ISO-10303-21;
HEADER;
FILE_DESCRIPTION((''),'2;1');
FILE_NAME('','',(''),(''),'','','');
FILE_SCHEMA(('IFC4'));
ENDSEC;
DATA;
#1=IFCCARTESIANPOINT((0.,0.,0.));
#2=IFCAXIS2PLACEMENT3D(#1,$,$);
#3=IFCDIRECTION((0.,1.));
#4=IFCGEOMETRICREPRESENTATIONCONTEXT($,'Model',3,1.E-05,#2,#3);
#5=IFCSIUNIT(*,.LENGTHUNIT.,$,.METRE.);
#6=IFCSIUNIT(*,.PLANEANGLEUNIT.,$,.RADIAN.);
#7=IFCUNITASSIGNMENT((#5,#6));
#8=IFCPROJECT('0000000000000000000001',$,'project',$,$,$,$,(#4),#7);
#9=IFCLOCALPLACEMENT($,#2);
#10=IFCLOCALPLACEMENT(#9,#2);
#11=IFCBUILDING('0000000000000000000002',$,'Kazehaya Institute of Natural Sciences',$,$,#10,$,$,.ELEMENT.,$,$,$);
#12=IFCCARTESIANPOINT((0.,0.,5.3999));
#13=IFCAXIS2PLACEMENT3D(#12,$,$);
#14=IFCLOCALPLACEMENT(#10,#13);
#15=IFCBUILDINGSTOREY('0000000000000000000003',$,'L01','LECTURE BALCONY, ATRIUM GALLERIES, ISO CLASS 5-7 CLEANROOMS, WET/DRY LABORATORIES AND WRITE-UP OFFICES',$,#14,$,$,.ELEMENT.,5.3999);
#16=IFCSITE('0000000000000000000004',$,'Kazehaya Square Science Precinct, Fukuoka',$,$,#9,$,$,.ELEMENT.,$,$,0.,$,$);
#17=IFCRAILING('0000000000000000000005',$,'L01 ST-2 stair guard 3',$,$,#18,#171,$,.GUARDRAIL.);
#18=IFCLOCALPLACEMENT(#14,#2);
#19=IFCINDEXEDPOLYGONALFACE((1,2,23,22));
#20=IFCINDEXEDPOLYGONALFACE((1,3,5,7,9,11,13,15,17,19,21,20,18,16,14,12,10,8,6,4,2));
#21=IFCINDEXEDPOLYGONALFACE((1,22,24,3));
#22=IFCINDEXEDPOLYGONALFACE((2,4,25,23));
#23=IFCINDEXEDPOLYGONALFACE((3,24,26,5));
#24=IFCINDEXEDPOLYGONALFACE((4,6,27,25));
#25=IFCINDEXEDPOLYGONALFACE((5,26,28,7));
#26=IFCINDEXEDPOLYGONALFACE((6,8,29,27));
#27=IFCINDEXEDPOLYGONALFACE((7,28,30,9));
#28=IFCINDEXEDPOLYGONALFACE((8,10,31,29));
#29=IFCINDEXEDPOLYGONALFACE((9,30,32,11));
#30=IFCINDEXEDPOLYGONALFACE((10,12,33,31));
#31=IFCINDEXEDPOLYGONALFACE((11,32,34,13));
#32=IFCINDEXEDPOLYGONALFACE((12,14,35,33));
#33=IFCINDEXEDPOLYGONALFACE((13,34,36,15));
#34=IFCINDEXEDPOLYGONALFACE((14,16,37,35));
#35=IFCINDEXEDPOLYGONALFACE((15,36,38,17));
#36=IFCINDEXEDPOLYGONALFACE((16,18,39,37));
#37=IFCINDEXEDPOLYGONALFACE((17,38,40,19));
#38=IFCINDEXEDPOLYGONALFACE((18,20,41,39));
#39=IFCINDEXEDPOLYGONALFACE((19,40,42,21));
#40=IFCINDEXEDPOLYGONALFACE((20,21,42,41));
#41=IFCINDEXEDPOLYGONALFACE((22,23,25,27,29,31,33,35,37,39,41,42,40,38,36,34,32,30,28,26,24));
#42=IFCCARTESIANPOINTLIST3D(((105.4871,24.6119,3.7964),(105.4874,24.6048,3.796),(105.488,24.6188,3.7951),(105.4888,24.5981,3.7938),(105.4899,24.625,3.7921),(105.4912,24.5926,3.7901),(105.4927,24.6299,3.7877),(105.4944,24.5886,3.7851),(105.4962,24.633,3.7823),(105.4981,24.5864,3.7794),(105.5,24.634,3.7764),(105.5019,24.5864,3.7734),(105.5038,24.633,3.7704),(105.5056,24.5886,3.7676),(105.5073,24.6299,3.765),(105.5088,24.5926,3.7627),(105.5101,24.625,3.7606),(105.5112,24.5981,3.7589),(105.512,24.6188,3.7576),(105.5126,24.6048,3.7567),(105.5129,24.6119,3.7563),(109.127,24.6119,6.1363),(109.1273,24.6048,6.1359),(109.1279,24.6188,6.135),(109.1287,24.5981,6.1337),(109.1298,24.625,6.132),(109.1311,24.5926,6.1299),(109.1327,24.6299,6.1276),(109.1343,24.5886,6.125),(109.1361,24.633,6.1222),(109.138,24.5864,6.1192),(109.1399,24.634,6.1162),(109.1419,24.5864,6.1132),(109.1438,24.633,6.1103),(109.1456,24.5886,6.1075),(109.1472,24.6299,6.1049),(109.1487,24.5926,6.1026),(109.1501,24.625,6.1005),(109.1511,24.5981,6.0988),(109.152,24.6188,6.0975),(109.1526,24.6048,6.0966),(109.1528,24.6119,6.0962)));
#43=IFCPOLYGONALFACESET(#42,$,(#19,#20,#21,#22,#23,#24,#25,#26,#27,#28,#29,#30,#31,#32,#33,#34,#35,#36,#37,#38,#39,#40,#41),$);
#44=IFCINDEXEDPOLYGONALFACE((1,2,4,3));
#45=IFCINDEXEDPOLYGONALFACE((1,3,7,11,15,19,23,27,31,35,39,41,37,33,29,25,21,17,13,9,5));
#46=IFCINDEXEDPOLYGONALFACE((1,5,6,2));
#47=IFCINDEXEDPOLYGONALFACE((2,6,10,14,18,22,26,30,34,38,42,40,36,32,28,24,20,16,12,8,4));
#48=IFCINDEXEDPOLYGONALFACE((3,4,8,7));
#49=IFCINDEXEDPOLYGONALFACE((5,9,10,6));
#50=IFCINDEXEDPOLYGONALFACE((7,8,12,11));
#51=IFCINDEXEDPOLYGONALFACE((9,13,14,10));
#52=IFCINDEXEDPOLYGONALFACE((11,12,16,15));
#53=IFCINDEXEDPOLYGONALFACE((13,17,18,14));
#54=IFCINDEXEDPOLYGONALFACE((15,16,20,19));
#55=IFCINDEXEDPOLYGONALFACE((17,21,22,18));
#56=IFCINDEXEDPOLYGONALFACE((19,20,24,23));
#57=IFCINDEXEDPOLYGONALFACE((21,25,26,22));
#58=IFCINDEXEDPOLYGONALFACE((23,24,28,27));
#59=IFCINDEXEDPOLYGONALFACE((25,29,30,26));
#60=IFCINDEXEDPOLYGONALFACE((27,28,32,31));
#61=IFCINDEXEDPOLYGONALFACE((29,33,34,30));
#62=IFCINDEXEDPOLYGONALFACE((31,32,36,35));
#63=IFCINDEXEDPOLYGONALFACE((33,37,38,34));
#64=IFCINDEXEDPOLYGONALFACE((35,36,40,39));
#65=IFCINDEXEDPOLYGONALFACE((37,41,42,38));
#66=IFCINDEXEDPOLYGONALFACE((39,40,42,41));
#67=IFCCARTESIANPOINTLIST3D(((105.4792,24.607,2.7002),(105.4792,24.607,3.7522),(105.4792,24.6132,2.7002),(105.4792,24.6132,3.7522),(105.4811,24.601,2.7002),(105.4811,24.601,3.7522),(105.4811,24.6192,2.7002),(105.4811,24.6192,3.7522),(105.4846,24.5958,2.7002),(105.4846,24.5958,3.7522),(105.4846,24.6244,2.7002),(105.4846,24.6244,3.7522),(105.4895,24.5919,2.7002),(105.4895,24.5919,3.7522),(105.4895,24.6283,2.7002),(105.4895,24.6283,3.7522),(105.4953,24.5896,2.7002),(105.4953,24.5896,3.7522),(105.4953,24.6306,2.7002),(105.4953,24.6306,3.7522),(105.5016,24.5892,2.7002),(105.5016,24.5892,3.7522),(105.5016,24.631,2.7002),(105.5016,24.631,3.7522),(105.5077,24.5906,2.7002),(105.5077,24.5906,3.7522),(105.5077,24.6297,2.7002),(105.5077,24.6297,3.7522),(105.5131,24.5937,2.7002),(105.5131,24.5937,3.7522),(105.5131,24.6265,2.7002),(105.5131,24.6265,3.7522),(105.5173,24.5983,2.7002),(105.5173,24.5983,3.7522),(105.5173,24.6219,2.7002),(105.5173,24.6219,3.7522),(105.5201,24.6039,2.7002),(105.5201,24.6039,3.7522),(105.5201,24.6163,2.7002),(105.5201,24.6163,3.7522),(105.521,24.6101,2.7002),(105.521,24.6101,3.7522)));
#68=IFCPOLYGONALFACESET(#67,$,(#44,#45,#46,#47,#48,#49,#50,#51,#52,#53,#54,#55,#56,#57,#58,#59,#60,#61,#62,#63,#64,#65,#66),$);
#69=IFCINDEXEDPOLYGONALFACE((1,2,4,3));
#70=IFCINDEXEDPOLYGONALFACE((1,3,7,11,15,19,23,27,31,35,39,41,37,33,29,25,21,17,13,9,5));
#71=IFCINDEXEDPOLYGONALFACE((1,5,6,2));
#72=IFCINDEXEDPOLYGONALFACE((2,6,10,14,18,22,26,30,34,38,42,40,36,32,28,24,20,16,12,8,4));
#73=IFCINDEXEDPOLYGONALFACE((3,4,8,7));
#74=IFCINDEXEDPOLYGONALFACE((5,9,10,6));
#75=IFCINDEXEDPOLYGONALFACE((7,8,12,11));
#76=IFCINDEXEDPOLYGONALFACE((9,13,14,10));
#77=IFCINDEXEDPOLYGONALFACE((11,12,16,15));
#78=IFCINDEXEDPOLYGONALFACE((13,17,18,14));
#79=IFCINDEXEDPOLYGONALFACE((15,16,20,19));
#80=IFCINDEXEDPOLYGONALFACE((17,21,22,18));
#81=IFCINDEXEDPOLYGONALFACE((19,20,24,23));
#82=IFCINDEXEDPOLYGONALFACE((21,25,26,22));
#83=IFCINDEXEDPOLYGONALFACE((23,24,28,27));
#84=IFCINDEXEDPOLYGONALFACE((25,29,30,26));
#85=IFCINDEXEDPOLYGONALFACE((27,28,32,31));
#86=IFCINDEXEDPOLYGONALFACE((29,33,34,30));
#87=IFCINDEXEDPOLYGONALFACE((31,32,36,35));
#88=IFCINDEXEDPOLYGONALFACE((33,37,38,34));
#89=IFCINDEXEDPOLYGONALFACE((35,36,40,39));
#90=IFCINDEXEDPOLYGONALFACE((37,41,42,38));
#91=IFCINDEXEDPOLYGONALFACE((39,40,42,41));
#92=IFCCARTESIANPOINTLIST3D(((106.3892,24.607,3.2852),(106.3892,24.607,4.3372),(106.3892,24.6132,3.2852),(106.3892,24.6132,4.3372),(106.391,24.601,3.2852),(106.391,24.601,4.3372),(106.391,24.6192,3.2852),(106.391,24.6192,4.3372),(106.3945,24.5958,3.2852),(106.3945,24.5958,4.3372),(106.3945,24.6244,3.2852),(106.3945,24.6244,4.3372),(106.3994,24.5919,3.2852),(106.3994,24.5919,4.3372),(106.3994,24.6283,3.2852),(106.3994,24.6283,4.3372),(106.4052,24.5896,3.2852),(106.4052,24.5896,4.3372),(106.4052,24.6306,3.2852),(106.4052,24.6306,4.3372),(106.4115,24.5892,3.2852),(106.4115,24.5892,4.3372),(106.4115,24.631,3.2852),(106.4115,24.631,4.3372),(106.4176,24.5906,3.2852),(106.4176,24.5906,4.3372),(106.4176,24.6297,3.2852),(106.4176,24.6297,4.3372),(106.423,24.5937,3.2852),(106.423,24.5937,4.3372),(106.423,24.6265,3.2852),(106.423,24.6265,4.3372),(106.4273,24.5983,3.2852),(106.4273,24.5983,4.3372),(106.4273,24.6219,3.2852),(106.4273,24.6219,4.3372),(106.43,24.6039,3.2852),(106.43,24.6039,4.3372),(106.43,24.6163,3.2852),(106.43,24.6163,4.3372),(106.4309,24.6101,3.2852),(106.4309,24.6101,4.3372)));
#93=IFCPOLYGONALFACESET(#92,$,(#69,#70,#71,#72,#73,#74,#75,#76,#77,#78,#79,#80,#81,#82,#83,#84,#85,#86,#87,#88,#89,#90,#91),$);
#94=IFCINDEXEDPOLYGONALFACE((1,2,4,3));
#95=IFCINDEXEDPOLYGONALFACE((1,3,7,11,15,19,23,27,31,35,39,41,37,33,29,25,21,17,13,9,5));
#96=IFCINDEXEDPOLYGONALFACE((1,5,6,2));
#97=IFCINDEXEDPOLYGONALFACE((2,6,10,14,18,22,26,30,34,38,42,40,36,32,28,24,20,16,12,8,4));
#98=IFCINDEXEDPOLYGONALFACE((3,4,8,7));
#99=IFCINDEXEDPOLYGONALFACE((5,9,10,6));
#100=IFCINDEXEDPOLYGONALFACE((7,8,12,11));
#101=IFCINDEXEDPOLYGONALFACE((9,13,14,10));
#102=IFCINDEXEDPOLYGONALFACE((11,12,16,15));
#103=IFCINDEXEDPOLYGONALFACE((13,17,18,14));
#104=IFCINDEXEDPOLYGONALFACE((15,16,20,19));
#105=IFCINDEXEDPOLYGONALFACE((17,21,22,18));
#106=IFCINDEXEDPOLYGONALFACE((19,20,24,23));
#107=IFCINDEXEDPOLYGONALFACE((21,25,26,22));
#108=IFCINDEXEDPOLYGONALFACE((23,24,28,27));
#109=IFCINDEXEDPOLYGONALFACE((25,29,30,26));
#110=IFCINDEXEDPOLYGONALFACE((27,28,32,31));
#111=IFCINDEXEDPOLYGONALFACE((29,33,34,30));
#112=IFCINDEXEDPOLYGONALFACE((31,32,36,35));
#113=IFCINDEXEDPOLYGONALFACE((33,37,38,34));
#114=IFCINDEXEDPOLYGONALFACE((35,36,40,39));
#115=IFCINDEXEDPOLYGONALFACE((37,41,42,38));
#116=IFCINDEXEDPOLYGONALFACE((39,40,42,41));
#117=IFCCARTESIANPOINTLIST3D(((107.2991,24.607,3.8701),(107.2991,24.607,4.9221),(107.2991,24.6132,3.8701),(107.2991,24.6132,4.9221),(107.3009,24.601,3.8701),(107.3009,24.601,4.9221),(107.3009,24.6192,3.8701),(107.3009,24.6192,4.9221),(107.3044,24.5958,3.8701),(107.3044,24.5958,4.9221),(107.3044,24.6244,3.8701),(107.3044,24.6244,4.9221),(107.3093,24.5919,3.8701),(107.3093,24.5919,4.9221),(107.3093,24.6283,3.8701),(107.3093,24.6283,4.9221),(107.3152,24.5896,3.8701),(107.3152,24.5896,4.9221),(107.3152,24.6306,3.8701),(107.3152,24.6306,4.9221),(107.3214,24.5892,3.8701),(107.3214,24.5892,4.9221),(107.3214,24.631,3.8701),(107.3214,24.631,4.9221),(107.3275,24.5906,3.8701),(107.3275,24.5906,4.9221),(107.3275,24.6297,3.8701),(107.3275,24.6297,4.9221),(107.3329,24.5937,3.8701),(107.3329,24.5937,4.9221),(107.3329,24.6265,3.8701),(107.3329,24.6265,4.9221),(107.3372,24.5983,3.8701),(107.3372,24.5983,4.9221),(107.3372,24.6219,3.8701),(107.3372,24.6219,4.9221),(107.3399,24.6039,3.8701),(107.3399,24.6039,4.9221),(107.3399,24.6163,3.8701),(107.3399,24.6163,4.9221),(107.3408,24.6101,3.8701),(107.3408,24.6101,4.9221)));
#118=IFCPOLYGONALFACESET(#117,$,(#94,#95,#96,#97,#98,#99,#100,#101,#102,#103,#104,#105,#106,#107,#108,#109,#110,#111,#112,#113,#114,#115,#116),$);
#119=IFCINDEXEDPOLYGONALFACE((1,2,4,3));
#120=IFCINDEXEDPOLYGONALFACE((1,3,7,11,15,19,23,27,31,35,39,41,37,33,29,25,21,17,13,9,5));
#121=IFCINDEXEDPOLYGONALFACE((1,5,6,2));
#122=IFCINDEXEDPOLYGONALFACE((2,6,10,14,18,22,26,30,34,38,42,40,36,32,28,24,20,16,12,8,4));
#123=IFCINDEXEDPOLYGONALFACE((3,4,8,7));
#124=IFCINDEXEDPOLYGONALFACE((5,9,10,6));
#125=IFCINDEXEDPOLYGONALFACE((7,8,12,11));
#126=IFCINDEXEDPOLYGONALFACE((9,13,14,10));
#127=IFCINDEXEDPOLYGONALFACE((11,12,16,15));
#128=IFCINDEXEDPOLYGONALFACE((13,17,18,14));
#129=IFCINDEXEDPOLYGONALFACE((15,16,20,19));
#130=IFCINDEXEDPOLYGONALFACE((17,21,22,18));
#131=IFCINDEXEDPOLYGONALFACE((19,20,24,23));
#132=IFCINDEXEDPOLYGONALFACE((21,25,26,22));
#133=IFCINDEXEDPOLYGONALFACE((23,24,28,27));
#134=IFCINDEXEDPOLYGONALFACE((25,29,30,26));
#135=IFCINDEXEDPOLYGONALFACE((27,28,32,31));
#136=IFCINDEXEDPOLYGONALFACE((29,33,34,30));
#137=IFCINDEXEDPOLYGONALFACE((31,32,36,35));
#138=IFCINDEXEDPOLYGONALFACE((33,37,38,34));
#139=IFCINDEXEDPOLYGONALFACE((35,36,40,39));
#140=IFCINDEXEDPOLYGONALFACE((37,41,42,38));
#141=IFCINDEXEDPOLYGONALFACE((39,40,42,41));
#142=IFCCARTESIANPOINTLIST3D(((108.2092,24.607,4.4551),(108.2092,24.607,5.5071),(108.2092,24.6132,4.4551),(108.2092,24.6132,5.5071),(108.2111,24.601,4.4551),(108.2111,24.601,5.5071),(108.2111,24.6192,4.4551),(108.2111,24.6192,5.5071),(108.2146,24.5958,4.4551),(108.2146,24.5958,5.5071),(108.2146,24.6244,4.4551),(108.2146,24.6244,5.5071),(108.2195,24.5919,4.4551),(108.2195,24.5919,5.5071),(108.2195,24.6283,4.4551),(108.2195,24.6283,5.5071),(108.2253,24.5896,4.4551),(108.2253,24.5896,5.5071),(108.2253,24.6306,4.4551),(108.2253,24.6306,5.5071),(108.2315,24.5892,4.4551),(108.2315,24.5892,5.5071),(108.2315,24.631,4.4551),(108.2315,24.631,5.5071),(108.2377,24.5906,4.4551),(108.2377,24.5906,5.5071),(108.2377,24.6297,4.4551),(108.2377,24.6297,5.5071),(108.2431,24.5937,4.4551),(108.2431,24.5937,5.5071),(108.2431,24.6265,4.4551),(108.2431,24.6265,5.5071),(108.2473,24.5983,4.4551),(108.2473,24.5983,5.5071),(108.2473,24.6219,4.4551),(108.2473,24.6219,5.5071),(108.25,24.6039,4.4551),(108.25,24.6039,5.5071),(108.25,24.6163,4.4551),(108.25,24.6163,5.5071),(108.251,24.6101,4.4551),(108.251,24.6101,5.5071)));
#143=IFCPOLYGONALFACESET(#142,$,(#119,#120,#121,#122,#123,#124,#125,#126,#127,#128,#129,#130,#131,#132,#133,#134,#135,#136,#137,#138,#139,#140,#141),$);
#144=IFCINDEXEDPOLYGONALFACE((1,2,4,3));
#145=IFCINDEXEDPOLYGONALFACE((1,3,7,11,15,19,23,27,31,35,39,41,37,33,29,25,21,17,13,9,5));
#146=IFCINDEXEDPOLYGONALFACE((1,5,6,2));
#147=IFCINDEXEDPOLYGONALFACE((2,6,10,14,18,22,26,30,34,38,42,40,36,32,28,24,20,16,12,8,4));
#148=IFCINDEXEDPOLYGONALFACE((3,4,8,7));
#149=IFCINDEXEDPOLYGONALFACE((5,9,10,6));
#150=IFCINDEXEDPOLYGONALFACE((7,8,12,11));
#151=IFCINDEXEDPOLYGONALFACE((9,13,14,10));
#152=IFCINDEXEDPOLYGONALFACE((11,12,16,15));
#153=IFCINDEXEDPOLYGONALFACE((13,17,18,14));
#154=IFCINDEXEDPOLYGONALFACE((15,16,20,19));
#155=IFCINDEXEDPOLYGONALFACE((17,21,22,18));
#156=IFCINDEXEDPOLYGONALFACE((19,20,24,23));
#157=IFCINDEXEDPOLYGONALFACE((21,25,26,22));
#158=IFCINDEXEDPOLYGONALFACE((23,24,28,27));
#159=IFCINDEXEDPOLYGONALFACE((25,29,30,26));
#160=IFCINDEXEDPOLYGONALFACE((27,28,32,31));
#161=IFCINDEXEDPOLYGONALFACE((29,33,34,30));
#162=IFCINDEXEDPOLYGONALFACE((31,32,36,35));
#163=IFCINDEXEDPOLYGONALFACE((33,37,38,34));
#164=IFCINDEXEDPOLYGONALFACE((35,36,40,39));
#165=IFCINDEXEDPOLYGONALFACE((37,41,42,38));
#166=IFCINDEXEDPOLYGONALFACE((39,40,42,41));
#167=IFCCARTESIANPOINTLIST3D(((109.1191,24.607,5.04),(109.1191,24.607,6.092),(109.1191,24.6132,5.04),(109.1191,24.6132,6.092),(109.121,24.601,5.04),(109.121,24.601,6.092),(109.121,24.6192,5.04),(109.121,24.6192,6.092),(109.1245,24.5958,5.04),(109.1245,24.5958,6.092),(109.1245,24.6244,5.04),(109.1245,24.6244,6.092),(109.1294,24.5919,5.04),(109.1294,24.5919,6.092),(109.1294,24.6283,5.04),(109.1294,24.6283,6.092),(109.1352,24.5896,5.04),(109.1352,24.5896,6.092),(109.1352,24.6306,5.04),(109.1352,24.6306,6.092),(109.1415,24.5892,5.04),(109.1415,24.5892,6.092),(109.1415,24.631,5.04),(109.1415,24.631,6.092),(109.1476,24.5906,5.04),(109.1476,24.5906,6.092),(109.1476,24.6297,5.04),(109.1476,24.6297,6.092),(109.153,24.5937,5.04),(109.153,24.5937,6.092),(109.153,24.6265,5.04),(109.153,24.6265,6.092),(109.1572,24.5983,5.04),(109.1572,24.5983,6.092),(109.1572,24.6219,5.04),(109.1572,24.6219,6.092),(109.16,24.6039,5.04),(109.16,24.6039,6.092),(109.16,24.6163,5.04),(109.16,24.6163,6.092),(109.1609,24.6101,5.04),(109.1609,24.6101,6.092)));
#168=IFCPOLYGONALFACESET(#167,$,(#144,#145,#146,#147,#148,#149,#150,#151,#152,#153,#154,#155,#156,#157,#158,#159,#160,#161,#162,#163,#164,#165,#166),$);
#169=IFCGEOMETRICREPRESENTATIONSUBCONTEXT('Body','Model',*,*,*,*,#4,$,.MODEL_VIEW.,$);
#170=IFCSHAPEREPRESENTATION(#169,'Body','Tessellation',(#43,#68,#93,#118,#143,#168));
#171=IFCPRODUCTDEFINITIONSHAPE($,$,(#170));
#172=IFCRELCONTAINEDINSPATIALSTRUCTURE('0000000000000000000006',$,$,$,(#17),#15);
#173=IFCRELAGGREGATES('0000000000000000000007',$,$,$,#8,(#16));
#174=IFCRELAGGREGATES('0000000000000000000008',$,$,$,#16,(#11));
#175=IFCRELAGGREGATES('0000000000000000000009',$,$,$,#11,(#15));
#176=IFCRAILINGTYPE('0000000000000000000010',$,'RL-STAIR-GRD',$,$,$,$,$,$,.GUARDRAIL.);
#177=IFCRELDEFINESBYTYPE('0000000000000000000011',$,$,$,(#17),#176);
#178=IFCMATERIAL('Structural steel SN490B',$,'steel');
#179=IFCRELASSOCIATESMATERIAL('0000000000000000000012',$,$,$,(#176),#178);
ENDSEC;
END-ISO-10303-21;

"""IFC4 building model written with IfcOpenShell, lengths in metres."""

from ifc_helpers import new_model, si_unit, direction, frame, origin, origin_2d, place, context, subcontext, project, spatial, circle, extrude, material, type_object, element, save


model = new_model("IFC4")

# Units and contexts
model_context = context("Model", 3, precision=1e-05, world=origin(), true_north=direction((0.0, 1.0)))
body_context = subcontext(model_context, "Body", "Model", "MODEL_VIEW")
ifc_project = project(units=[si_unit("LENGTHUNIT", "METRE"), si_unit("PLANEANGLEUNIT", "RADIAN")], contexts=[model_context])

# Site, building, storey
site_placement = place(None, origin())
site = spatial("IfcSite", under=ifc_project, at=site_placement, Name="Kazehaya Square Science Precinct, Fukuoka", CompositionType="ELEMENT", RefElevation=0.0)
building_placement = place(site_placement, origin())
building = spatial("IfcBuilding", under=site, at=building_placement, Name="Kazehaya Institute of Natural Sciences", CompositionType="ELEMENT")
storey_placement = place(building_placement, frame((0.0, 0.0, 5.3999)))
storey = spatial("IfcBuildingStorey", under=building, at=storey_placement, Name="L01", Description="LECTURE BALCONY, ATRIUM GALLERIES, ISO CLASS 5-7 CLEANROOMS, WET/DRY LABORATORIES AND WRITE-UP OFFICES", CompositionType="ELEMENT", Elevation=5.3999)

# Railing
ifc_material_1 = material(Name="Structural steel SN490B", Category="steel")
railing_type_1 = type_object("IfcRailingType", Name="RL-STAIR-GRD", PredefinedType="GUARDRAIL", material=ifc_material_1)
railing_1_placement = place(storey_placement, frame((105.5, 24.6101, 2.7002)))
element("IfcRailing", 1, at=railing_1_placement, inside=storey, type_object=railing_type_1, Name="L01 ST-2 stair guard 3", PredefinedType="GUARDRAIL", context=body_context, shape_type="SweptSolid", body=[
    extrude(circle(Radius=0.0239, at=origin_2d()), frame((0.0, 0.0, 1.0762), z_axis=(0.841188, 0.0, 0.540743), x_axis=(0.0, 1.0, 0.0)), (0.0, 0.0, 1.0), 4.3271),
    extrude(circle(Radius=0.021, at=origin_2d()), origin(), (0.0, 0.0, 1.0), 1.052),
    extrude(circle(Radius=0.021, at=origin_2d()), frame((0.9099, 0.0, 0.585)), (0.0, 0.0, 1.0), 1.052),
    extrude(circle(Radius=0.021, at=origin_2d()), frame((1.8198, 0.0, 1.1699)), (0.0, 0.0, 1.0), 1.052),
    extrude(circle(Radius=0.021, at=origin_2d()), frame((2.73, 0.0, 1.7549)), (0.0, 0.0, 1.0), 1.052),
    extrude(circle(Radius=0.021, at=origin_2d()), frame((3.6399, 0.0, 2.3398)), (0.0, 0.0, 1.0), 1.052),
])

save(model, "model.ifc")
